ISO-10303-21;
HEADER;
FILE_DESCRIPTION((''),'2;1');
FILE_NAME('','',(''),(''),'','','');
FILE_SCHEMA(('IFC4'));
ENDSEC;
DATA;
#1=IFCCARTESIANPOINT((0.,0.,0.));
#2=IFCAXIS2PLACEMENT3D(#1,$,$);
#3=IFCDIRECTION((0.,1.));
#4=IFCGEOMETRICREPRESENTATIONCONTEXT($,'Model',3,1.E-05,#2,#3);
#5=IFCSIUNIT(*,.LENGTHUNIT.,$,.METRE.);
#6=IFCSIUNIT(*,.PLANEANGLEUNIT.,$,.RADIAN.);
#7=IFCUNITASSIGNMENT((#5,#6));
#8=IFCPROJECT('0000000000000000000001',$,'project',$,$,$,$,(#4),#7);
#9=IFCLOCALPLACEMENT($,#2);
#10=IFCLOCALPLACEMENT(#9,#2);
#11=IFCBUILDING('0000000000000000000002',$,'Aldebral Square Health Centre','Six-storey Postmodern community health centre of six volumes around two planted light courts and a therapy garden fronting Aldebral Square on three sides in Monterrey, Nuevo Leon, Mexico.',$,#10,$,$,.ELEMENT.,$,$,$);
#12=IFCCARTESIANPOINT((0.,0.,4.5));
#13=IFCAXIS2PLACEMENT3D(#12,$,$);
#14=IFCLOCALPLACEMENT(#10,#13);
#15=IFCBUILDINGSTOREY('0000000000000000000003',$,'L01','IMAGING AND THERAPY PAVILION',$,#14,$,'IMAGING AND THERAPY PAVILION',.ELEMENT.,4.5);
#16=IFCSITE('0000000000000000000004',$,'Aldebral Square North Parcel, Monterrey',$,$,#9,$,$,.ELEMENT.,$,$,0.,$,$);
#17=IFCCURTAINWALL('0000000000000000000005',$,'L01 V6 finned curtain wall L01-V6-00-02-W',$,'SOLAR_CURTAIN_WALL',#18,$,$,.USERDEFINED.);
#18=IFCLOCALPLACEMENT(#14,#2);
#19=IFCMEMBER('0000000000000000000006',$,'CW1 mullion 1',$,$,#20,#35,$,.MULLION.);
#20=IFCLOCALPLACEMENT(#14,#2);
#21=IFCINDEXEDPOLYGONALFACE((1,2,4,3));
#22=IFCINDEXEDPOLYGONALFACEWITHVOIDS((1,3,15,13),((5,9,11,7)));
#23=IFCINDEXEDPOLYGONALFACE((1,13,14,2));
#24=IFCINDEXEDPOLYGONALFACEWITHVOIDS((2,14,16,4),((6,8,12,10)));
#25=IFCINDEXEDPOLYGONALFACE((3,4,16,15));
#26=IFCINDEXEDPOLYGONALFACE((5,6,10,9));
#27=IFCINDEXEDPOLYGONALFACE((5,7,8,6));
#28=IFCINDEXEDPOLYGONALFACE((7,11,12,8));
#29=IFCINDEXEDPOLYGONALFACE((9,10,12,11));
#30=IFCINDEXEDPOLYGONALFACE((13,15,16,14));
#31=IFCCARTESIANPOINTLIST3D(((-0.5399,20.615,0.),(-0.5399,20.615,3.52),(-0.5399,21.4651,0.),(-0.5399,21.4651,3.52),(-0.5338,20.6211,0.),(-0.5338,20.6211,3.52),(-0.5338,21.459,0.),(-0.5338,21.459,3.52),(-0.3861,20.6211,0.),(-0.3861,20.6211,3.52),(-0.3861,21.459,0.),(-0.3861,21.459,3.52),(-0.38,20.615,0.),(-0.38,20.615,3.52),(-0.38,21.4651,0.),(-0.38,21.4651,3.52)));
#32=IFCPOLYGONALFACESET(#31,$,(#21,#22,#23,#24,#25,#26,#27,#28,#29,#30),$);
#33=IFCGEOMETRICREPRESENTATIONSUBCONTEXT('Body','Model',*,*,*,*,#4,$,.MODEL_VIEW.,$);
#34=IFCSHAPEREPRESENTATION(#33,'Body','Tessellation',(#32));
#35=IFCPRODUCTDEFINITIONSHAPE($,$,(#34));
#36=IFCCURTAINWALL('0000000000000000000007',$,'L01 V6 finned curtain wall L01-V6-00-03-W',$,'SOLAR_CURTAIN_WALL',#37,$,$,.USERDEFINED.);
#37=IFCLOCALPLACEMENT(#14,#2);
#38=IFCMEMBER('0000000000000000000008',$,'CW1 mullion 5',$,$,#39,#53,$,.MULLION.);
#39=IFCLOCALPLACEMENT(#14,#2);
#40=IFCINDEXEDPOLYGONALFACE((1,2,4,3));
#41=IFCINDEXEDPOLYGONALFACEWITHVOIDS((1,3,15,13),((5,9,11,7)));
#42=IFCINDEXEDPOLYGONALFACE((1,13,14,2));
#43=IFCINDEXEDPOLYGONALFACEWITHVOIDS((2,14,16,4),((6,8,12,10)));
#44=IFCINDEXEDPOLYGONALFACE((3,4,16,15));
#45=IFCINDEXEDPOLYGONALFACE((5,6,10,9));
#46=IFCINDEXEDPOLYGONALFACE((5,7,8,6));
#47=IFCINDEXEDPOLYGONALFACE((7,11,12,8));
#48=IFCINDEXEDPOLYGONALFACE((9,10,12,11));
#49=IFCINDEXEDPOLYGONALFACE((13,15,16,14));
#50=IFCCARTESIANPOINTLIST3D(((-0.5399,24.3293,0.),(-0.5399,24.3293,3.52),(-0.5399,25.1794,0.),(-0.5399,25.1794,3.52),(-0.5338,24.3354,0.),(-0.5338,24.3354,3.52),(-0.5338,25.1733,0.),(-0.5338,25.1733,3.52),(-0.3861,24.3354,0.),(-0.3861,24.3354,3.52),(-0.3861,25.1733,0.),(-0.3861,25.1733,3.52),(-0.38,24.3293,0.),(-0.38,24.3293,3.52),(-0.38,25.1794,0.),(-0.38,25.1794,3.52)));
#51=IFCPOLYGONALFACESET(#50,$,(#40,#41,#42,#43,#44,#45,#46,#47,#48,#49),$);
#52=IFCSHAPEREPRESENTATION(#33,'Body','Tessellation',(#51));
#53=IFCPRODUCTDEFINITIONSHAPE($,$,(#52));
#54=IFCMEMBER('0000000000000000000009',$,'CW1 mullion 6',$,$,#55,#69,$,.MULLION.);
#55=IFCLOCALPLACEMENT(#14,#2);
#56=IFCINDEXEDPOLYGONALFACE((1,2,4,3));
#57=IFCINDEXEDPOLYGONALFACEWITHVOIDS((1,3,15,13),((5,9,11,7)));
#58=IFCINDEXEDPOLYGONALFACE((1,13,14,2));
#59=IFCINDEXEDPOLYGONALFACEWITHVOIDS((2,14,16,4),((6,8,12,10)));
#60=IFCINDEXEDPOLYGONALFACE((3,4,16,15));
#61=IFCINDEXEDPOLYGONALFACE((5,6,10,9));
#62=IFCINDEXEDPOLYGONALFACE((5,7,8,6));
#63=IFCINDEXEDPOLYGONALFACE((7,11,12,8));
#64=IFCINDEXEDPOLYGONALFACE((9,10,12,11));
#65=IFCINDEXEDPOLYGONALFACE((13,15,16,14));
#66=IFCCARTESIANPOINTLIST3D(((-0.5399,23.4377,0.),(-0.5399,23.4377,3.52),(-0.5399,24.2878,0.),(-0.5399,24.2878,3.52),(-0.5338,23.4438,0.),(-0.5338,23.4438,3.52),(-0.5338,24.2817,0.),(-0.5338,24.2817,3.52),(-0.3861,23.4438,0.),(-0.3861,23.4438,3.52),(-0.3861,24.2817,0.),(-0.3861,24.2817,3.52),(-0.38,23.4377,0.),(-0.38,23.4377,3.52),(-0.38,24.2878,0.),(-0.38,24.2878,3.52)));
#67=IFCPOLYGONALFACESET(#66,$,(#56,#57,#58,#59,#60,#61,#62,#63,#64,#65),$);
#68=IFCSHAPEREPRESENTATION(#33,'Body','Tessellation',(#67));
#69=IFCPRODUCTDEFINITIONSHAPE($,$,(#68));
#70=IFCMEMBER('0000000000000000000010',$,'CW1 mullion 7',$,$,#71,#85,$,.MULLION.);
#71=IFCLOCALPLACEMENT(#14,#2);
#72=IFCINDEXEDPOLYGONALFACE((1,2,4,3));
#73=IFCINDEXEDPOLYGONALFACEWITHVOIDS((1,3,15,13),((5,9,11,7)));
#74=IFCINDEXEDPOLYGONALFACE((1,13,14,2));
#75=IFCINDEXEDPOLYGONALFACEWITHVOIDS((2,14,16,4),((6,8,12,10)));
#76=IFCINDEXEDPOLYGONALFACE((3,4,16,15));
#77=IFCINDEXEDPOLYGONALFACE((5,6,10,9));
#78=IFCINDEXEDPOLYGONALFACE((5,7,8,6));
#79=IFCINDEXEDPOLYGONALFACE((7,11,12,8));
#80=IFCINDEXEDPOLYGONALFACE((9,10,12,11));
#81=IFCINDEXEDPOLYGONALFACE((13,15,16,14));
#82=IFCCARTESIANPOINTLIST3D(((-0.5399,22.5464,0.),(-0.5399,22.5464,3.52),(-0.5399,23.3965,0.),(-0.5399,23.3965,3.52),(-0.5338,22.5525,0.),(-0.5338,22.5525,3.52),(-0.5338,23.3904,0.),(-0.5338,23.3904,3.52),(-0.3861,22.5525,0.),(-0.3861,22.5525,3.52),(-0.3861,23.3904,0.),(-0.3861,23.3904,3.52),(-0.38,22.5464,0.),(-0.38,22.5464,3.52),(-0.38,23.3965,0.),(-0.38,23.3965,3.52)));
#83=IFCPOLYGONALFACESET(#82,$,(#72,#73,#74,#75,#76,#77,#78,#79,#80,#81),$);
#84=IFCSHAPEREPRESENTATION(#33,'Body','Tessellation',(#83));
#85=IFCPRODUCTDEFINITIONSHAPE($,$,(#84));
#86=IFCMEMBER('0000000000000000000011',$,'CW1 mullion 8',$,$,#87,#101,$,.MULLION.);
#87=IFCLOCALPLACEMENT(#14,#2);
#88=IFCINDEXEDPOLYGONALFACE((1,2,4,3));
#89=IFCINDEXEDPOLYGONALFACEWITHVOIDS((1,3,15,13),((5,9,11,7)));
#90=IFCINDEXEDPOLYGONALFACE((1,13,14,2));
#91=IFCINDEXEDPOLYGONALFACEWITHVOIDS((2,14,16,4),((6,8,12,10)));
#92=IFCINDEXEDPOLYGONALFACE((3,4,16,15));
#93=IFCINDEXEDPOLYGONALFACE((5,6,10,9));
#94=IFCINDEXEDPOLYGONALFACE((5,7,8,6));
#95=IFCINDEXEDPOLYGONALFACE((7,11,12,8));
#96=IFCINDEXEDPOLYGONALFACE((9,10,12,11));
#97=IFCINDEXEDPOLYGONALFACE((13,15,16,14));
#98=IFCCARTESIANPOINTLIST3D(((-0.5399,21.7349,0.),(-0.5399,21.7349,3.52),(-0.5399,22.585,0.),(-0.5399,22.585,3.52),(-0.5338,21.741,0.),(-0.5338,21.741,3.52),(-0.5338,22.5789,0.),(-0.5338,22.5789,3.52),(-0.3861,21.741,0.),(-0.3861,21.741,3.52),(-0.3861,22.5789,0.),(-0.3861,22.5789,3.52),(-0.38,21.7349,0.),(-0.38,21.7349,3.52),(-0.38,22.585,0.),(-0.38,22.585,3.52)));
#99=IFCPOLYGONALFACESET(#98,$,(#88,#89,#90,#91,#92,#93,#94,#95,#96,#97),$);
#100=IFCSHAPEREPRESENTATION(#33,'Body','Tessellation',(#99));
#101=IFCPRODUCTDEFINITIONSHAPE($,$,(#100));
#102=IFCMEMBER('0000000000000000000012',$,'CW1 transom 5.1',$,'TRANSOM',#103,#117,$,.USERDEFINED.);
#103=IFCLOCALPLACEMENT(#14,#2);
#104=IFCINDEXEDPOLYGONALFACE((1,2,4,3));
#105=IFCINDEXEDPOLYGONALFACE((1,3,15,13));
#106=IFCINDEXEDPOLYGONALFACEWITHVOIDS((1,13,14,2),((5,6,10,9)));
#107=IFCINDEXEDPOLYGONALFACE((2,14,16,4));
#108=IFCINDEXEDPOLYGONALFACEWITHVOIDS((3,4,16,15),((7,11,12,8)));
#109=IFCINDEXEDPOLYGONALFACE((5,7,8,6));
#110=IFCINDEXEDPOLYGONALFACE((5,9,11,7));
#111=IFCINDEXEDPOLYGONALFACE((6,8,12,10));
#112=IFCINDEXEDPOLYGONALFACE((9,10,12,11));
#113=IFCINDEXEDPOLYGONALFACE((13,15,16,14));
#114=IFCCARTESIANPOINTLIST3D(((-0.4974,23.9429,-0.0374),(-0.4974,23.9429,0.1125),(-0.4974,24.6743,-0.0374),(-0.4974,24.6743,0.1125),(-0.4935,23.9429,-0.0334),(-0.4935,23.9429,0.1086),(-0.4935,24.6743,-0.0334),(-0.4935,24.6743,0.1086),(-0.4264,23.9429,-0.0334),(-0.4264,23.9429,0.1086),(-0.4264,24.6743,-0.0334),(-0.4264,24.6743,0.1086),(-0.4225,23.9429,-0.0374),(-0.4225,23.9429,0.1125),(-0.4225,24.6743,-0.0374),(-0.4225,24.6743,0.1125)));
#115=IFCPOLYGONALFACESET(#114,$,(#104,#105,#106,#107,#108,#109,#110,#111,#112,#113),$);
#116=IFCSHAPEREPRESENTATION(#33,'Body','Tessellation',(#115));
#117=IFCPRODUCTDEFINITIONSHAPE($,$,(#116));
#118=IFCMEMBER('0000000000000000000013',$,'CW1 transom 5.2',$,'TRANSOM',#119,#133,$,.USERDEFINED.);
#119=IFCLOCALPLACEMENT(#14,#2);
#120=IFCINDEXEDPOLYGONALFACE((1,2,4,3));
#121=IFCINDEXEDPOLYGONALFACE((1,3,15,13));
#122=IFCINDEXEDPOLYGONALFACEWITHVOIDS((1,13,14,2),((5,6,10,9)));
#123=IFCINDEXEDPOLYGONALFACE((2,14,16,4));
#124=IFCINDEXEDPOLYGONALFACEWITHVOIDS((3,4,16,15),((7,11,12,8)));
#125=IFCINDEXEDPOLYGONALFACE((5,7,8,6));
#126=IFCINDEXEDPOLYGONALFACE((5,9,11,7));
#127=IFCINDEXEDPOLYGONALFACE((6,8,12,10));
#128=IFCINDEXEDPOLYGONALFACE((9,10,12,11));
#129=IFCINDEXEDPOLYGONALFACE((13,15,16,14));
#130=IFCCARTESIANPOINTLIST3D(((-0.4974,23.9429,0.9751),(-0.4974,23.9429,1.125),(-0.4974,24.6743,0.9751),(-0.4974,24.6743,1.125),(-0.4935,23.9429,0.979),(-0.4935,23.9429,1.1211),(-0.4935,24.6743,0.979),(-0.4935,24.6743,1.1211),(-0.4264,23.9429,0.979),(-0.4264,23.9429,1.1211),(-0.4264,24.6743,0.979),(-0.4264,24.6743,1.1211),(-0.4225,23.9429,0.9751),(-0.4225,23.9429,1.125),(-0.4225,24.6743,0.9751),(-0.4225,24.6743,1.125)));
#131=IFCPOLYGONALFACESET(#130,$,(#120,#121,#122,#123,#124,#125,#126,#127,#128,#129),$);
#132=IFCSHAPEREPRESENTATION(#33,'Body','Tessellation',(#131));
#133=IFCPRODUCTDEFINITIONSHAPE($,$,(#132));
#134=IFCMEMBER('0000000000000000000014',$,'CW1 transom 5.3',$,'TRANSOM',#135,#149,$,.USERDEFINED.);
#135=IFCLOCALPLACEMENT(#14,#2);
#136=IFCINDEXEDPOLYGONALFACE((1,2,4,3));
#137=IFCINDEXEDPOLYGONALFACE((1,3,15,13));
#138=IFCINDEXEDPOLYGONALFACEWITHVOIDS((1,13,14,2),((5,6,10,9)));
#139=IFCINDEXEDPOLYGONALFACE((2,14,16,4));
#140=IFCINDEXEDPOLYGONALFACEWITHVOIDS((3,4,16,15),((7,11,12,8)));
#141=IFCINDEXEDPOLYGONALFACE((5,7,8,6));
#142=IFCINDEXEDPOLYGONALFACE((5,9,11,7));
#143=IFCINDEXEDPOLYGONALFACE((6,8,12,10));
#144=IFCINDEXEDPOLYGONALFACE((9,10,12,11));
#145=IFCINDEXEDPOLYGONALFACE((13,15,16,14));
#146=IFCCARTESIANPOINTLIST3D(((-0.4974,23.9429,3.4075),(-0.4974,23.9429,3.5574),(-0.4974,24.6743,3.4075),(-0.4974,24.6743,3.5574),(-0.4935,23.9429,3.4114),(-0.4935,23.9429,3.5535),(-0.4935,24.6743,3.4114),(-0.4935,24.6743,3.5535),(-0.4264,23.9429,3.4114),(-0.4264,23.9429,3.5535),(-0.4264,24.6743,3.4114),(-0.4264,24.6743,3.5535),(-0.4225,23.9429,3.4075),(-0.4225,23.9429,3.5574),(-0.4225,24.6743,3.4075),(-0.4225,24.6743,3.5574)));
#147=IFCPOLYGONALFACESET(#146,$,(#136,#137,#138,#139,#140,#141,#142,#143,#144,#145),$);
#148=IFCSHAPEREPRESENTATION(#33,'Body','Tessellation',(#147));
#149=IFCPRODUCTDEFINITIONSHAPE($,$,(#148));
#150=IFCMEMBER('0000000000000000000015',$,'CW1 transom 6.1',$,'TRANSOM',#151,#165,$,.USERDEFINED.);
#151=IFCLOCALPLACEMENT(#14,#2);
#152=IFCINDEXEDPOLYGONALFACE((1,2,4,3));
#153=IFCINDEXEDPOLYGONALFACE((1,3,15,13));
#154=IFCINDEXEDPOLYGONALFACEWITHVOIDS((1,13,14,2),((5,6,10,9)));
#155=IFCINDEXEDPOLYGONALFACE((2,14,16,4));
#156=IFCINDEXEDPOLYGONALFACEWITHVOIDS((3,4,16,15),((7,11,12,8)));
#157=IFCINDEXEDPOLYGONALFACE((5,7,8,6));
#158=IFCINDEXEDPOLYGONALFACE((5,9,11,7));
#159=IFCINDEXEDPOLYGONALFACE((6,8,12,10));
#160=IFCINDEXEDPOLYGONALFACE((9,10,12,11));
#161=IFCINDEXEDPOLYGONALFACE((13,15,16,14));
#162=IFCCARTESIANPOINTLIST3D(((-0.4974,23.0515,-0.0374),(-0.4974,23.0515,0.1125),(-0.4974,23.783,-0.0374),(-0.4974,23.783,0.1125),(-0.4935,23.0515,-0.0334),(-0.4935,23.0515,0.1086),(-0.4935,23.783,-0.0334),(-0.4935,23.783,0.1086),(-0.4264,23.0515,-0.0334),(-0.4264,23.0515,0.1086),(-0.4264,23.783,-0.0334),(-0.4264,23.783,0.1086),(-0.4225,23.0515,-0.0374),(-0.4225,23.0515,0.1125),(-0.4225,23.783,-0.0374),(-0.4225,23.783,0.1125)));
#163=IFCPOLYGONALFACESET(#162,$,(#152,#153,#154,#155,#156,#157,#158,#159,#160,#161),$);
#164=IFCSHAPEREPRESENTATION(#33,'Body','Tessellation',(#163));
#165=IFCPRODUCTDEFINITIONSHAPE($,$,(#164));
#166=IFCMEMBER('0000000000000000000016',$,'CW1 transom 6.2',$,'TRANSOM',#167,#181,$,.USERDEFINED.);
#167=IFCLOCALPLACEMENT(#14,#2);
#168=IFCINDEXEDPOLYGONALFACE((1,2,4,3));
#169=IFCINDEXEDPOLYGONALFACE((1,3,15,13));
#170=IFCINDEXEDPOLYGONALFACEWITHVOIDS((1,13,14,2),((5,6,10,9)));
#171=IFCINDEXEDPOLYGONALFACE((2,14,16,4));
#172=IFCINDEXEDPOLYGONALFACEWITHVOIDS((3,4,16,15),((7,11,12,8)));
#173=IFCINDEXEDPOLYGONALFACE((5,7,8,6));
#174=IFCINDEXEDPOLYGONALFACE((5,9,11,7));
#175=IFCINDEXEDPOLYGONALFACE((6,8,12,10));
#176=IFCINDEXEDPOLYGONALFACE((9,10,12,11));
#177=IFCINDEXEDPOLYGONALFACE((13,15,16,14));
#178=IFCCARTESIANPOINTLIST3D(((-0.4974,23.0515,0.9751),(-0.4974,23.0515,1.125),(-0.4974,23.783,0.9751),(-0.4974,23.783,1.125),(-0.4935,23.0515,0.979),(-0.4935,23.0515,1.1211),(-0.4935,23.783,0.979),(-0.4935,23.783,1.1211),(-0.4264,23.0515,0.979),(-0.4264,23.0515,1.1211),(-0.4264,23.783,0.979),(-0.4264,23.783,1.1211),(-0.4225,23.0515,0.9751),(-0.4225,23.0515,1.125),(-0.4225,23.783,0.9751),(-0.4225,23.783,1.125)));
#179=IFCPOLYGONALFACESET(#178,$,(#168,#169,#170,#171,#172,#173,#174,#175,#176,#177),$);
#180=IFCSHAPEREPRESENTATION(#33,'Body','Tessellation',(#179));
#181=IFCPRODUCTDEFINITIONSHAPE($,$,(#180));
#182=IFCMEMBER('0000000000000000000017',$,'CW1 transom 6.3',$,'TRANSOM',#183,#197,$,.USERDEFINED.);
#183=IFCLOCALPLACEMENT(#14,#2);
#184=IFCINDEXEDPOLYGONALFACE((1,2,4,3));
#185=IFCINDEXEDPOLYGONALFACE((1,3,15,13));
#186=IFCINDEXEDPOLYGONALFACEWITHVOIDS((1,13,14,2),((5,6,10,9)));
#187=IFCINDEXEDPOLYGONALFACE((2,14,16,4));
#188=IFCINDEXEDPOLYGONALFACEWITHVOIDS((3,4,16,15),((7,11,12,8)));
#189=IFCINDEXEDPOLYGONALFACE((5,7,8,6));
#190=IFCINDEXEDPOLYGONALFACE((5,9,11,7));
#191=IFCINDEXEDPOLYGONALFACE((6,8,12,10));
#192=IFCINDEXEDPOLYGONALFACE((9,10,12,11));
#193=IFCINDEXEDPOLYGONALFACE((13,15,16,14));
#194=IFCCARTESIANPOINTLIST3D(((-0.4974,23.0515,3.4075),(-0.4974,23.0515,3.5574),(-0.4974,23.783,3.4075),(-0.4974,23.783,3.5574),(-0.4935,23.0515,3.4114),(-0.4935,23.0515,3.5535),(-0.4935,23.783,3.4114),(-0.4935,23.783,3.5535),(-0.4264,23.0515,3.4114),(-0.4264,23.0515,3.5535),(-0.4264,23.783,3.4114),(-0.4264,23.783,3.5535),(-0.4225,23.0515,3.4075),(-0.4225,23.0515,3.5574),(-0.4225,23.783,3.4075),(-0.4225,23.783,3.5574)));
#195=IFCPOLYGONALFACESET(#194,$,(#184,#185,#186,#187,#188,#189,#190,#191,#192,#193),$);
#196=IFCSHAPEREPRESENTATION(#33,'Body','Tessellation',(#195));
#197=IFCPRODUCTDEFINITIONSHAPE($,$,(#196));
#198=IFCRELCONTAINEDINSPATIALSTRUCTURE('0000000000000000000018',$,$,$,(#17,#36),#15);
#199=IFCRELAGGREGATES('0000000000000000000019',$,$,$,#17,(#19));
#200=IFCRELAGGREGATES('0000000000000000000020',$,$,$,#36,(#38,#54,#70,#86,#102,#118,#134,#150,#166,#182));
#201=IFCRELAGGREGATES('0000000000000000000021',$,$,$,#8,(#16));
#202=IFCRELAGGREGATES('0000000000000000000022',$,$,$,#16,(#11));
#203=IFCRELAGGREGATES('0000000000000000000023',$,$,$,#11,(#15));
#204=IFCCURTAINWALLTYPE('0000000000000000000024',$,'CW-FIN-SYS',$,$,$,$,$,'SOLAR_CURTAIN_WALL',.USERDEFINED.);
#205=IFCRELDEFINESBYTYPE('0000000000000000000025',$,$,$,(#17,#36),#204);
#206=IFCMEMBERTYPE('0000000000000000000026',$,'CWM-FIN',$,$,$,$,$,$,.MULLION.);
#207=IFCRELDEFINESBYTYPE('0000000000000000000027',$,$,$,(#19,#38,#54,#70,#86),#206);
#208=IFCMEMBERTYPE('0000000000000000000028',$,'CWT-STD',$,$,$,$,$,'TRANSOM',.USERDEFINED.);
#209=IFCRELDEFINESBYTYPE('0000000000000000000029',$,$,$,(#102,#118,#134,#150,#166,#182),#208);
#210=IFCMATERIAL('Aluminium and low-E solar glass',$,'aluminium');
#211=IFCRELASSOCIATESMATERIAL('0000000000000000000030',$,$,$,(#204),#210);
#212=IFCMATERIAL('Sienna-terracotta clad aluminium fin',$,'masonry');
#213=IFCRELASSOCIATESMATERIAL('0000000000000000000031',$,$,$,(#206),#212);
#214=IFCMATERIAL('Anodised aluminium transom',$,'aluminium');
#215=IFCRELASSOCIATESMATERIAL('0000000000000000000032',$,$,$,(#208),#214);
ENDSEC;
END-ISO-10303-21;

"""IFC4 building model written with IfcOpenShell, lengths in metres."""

from ifc_helpers import new_model, si_unit, direction, frame, origin, origin_2d, place, context, subcontext, project, spatial, hollow_rectangle, extrude, material, material_profile, profile_set, type_object, element, aggregate, save


model = new_model("IFC4")

# Units and contexts
model_context = context("Model", 3, precision=1e-05, world=origin(), true_north=direction((0.0, 1.0)))
body_context = subcontext(model_context, "Body", "Model", "MODEL_VIEW")
ifc_project = project(units=[si_unit("LENGTHUNIT", "METRE"), si_unit("PLANEANGLEUNIT", "RADIAN")], contexts=[model_context])

# Site, building, storey
site_placement = place(None, origin())
site = spatial("IfcSite", under=ifc_project, at=site_placement, Name="Aldebral Square North Parcel, Monterrey", CompositionType="ELEMENT", RefElevation=0.0)
building_placement = place(site_placement, origin())
building = spatial("IfcBuilding", under=site, at=building_placement, Name="Aldebral Square Health Centre", Description="Six-storey Postmodern community health centre of six volumes around two planted light courts and a therapy garden fronting Aldebral Square on three sides in Monterrey, Nuevo Leon, Mexico.", CompositionType="ELEMENT")
storey_placement = place(building_placement, frame((0.0, 0.0, 4.5)))
storey = spatial("IfcBuildingStorey", under=building, at=storey_placement, Name="L01", Description="IMAGING AND THERAPY PAVILION", LongName="IMAGING AND THERAPY PAVILION", CompositionType="ELEMENT", Elevation=4.5)

# Curtain wall, member
ifc_material_1 = material(Name="Aluminium and low-E solar glass", Category="aluminium")
curtain_wall_type = type_object("IfcCurtainWallType", Name="CW-FIN-SYS", ElementType="SOLAR_CURTAIN_WALL", PredefinedType="USERDEFINED", material=ifc_material_1)
curtain_wall_1_placement = place(storey_placement, origin())
curtain_wall_1 = element("IfcCurtainWall", 1, at=curtain_wall_1_placement, inside=storey, type_object=curtain_wall_type, Name="L01 V6 finned curtain wall L01-V6-00-02-W", ObjectType="SOLAR_CURTAIN_WALL", PredefinedType="USERDEFINED")
ifc_material_2 = material(Name="Sienna-terracotta clad aluminium fin", Category="masonry")
ifc_material_profile_1 = material_profile(ifc_material_2, hollow_rectangle(XDim=0.1599, YDim=0.8501, WallThickness=0.0061, at=origin_2d()), Name="FIN 160x850x6")
ifc_profile_set_1 = profile_set([ifc_material_profile_1], Name="Sienna-terracotta clad aluminium fin")
member_type_1 = type_object("IfcMemberType", Name="CWM-FIN", PredefinedType="MULLION", material=ifc_profile_set_1)
member_1_placement = place(storey_placement, frame((-0.46, 21.04, 0.0), z_axis=(0.0, 0.0, 1.0), x_axis=(1.0, 0.0, 0.0)))
member_1 = element("IfcMember", 2, at=member_1_placement, type_object=member_type_1, Name="CW1 mullion 1", PredefinedType="MULLION", context=body_context, shape_type="SweptSolid", body=[
    extrude(hollow_rectangle(XDim=0.1599, YDim=0.8501, WallThickness=0.0061, at=origin_2d()), origin(), (0.0, 0.0, 1.0), 3.52),
])
aggregate(curtain_wall_1, [member_1])

# Curtain wall, members
curtain_wall_2_placement = place(storey_placement, origin())
curtain_wall_2 = element("IfcCurtainWall", 3, at=curtain_wall_2_placement, inside=storey, type_object=curtain_wall_type, Name="L01 V6 finned curtain wall L01-V6-00-03-W", ObjectType="SOLAR_CURTAIN_WALL", PredefinedType="USERDEFINED")
member_2_placement = place(storey_placement, frame((-0.46, 24.7544, 0.0), z_axis=(0.0, 0.0, 1.0), x_axis=(1.0, 0.0, 0.0)))
member_2 = element("IfcMember", 4, at=member_2_placement, type_object=member_type_1, Name="CW1 mullion 5", PredefinedType="MULLION", context=body_context, shape_type="SweptSolid", body=[
    extrude(hollow_rectangle(XDim=0.1599, YDim=0.8501, WallThickness=0.0061, at=origin_2d()), origin(), (0.0, 0.0, 1.0), 3.52),
])
member_3_placement = place(storey_placement, frame((-0.46, 23.8628, 0.0), z_axis=(0.0, 0.0, 1.0), x_axis=(1.0, 0.0, 0.0)))
member_3 = element("IfcMember", 5, at=member_3_placement, type_object=member_type_1, Name="CW1 mullion 6", PredefinedType="MULLION", context=body_context, shape_type="SweptSolid", body=[
    extrude(hollow_rectangle(XDim=0.1599, YDim=0.8501, WallThickness=0.0061, at=origin_2d()), origin(), (0.0, 0.0, 1.0), 3.52),
])
member_4_placement = place(storey_placement, frame((-0.46, 22.9714, 0.0), z_axis=(0.0, 0.0, 1.0), x_axis=(1.0, 0.0, 0.0)))
member_4 = element("IfcMember", 6, at=member_4_placement, type_object=member_type_1, Name="CW1 mullion 7", PredefinedType="MULLION", context=body_context, shape_type="SweptSolid", body=[
    extrude(hollow_rectangle(XDim=0.1599, YDim=0.8501, WallThickness=0.0061, at=origin_2d()), origin(), (0.0, 0.0, 1.0), 3.52),
])
member_5_placement = place(storey_placement, frame((-0.46, 22.1599, 0.0), z_axis=(0.0, 0.0, 1.0), x_axis=(1.0, 0.0, 0.0)))
member_5 = element("IfcMember", 7, at=member_5_placement, type_object=member_type_1, Name="CW1 mullion 8", PredefinedType="MULLION", context=body_context, shape_type="SweptSolid", body=[
    extrude(hollow_rectangle(XDim=0.1599, YDim=0.8501, WallThickness=0.0061, at=origin_2d()), origin(), (0.0, 0.0, 1.0), 3.52),
])
ifc_material_3 = material(Name="Anodised aluminium transom", Category="aluminium")
ifc_material_profile_2 = material_profile(ifc_material_3, hollow_rectangle(XDim=0.075, YDim=0.1499, WallThickness=0.0039, at=origin_2d()), Name="CWT 75x150x4")
ifc_profile_set_2 = profile_set([ifc_material_profile_2], Name="Anodised aluminium transom")
member_type_2 = type_object("IfcMemberType", Name="CWT-STD", ElementType="TRANSOM", PredefinedType="USERDEFINED", material=ifc_profile_set_2)
member_6_placement = place(storey_placement, frame((-0.46, 24.6743, 0.0376), z_axis=(0.0, -1.0, 0.0), x_axis=(1.0, 0.0, 0.0)))
member_6 = element("IfcMember", 8, at=member_6_placement, type_object=member_type_2, Name="CW1 transom 5.1", ObjectType="TRANSOM", PredefinedType="USERDEFINED", context=body_context, shape_type="SweptSolid", body=[
    extrude(hollow_rectangle(XDim=0.075, YDim=0.1499, WallThickness=0.0039, at=origin_2d()), origin(), (0.0, 0.0, 1.0), 0.7314),
])
member_7_placement = place(storey_placement, frame((-0.46, 24.6743, 1.05), z_axis=(0.0, -1.0, 0.0), x_axis=(1.0, 0.0, 0.0)))
member_7 = element("IfcMember", 9, at=member_7_placement, type_object=member_type_2, Name="CW1 transom 5.2", ObjectType="TRANSOM", PredefinedType="USERDEFINED", context=body_context, shape_type="SweptSolid", body=[
    extrude(hollow_rectangle(XDim=0.075, YDim=0.1499, WallThickness=0.0039, at=origin_2d()), origin(), (0.0, 0.0, 1.0), 0.7314),
])
member_8_placement = place(storey_placement, frame((-0.46, 24.6743, 3.4824), z_axis=(0.0, -1.0, 0.0), x_axis=(1.0, 0.0, 0.0)))
member_8 = element("IfcMember", 10, at=member_8_placement, type_object=member_type_2, Name="CW1 transom 5.3", ObjectType="TRANSOM", PredefinedType="USERDEFINED", context=body_context, shape_type="SweptSolid", body=[
    extrude(hollow_rectangle(XDim=0.075, YDim=0.1499, WallThickness=0.0039, at=origin_2d()), origin(), (0.0, 0.0, 1.0), 0.7314),
])
member_9_placement = place(storey_placement, frame((-0.46, 23.783, 0.0376), z_axis=(0.0, -1.0, 0.0), x_axis=(1.0, 0.0, 0.0)))
member_9 = element("IfcMember", 11, at=member_9_placement, type_object=member_type_2, Name="CW1 transom 6.1", ObjectType="TRANSOM", PredefinedType="USERDEFINED", context=body_context, shape_type="SweptSolid", body=[
    extrude(hollow_rectangle(XDim=0.075, YDim=0.1499, WallThickness=0.0039, at=origin_2d()), origin(), (0.0, 0.0, 1.0), 0.7314),
])
member_10_placement = place(storey_placement, frame((-0.46, 23.783, 1.05), z_axis=(0.0, -1.0, 0.0), x_axis=(1.0, 0.0, 0.0)))
member_10 = element("IfcMember", 12, at=member_10_placement, type_object=member_type_2, Name="CW1 transom 6.2", ObjectType="TRANSOM", PredefinedType="USERDEFINED", context=body_context, shape_type="SweptSolid", body=[
    extrude(hollow_rectangle(XDim=0.075, YDim=0.1499, WallThickness=0.0039, at=origin_2d()), origin(), (0.0, 0.0, 1.0), 0.7314),
])
member_11_placement = place(storey_placement, frame((-0.46, 23.783, 3.4824), z_axis=(0.0, -1.0, 0.0), x_axis=(1.0, 0.0, 0.0)))
member_11 = element("IfcMember", 13, at=member_11_placement, type_object=member_type_2, Name="CW1 transom 6.3", ObjectType="TRANSOM", PredefinedType="USERDEFINED", context=body_context, shape_type="SweptSolid", body=[
    extrude(hollow_rectangle(XDim=0.075, YDim=0.1499, WallThickness=0.0039, at=origin_2d()), origin(), (0.0, 0.0, 1.0), 0.7314),
])
aggregate(curtain_wall_2, [member_2, member_3, member_4, member_5, member_6, member_7, member_8, member_9, member_10, member_11])

save(model, "model.ifc")
